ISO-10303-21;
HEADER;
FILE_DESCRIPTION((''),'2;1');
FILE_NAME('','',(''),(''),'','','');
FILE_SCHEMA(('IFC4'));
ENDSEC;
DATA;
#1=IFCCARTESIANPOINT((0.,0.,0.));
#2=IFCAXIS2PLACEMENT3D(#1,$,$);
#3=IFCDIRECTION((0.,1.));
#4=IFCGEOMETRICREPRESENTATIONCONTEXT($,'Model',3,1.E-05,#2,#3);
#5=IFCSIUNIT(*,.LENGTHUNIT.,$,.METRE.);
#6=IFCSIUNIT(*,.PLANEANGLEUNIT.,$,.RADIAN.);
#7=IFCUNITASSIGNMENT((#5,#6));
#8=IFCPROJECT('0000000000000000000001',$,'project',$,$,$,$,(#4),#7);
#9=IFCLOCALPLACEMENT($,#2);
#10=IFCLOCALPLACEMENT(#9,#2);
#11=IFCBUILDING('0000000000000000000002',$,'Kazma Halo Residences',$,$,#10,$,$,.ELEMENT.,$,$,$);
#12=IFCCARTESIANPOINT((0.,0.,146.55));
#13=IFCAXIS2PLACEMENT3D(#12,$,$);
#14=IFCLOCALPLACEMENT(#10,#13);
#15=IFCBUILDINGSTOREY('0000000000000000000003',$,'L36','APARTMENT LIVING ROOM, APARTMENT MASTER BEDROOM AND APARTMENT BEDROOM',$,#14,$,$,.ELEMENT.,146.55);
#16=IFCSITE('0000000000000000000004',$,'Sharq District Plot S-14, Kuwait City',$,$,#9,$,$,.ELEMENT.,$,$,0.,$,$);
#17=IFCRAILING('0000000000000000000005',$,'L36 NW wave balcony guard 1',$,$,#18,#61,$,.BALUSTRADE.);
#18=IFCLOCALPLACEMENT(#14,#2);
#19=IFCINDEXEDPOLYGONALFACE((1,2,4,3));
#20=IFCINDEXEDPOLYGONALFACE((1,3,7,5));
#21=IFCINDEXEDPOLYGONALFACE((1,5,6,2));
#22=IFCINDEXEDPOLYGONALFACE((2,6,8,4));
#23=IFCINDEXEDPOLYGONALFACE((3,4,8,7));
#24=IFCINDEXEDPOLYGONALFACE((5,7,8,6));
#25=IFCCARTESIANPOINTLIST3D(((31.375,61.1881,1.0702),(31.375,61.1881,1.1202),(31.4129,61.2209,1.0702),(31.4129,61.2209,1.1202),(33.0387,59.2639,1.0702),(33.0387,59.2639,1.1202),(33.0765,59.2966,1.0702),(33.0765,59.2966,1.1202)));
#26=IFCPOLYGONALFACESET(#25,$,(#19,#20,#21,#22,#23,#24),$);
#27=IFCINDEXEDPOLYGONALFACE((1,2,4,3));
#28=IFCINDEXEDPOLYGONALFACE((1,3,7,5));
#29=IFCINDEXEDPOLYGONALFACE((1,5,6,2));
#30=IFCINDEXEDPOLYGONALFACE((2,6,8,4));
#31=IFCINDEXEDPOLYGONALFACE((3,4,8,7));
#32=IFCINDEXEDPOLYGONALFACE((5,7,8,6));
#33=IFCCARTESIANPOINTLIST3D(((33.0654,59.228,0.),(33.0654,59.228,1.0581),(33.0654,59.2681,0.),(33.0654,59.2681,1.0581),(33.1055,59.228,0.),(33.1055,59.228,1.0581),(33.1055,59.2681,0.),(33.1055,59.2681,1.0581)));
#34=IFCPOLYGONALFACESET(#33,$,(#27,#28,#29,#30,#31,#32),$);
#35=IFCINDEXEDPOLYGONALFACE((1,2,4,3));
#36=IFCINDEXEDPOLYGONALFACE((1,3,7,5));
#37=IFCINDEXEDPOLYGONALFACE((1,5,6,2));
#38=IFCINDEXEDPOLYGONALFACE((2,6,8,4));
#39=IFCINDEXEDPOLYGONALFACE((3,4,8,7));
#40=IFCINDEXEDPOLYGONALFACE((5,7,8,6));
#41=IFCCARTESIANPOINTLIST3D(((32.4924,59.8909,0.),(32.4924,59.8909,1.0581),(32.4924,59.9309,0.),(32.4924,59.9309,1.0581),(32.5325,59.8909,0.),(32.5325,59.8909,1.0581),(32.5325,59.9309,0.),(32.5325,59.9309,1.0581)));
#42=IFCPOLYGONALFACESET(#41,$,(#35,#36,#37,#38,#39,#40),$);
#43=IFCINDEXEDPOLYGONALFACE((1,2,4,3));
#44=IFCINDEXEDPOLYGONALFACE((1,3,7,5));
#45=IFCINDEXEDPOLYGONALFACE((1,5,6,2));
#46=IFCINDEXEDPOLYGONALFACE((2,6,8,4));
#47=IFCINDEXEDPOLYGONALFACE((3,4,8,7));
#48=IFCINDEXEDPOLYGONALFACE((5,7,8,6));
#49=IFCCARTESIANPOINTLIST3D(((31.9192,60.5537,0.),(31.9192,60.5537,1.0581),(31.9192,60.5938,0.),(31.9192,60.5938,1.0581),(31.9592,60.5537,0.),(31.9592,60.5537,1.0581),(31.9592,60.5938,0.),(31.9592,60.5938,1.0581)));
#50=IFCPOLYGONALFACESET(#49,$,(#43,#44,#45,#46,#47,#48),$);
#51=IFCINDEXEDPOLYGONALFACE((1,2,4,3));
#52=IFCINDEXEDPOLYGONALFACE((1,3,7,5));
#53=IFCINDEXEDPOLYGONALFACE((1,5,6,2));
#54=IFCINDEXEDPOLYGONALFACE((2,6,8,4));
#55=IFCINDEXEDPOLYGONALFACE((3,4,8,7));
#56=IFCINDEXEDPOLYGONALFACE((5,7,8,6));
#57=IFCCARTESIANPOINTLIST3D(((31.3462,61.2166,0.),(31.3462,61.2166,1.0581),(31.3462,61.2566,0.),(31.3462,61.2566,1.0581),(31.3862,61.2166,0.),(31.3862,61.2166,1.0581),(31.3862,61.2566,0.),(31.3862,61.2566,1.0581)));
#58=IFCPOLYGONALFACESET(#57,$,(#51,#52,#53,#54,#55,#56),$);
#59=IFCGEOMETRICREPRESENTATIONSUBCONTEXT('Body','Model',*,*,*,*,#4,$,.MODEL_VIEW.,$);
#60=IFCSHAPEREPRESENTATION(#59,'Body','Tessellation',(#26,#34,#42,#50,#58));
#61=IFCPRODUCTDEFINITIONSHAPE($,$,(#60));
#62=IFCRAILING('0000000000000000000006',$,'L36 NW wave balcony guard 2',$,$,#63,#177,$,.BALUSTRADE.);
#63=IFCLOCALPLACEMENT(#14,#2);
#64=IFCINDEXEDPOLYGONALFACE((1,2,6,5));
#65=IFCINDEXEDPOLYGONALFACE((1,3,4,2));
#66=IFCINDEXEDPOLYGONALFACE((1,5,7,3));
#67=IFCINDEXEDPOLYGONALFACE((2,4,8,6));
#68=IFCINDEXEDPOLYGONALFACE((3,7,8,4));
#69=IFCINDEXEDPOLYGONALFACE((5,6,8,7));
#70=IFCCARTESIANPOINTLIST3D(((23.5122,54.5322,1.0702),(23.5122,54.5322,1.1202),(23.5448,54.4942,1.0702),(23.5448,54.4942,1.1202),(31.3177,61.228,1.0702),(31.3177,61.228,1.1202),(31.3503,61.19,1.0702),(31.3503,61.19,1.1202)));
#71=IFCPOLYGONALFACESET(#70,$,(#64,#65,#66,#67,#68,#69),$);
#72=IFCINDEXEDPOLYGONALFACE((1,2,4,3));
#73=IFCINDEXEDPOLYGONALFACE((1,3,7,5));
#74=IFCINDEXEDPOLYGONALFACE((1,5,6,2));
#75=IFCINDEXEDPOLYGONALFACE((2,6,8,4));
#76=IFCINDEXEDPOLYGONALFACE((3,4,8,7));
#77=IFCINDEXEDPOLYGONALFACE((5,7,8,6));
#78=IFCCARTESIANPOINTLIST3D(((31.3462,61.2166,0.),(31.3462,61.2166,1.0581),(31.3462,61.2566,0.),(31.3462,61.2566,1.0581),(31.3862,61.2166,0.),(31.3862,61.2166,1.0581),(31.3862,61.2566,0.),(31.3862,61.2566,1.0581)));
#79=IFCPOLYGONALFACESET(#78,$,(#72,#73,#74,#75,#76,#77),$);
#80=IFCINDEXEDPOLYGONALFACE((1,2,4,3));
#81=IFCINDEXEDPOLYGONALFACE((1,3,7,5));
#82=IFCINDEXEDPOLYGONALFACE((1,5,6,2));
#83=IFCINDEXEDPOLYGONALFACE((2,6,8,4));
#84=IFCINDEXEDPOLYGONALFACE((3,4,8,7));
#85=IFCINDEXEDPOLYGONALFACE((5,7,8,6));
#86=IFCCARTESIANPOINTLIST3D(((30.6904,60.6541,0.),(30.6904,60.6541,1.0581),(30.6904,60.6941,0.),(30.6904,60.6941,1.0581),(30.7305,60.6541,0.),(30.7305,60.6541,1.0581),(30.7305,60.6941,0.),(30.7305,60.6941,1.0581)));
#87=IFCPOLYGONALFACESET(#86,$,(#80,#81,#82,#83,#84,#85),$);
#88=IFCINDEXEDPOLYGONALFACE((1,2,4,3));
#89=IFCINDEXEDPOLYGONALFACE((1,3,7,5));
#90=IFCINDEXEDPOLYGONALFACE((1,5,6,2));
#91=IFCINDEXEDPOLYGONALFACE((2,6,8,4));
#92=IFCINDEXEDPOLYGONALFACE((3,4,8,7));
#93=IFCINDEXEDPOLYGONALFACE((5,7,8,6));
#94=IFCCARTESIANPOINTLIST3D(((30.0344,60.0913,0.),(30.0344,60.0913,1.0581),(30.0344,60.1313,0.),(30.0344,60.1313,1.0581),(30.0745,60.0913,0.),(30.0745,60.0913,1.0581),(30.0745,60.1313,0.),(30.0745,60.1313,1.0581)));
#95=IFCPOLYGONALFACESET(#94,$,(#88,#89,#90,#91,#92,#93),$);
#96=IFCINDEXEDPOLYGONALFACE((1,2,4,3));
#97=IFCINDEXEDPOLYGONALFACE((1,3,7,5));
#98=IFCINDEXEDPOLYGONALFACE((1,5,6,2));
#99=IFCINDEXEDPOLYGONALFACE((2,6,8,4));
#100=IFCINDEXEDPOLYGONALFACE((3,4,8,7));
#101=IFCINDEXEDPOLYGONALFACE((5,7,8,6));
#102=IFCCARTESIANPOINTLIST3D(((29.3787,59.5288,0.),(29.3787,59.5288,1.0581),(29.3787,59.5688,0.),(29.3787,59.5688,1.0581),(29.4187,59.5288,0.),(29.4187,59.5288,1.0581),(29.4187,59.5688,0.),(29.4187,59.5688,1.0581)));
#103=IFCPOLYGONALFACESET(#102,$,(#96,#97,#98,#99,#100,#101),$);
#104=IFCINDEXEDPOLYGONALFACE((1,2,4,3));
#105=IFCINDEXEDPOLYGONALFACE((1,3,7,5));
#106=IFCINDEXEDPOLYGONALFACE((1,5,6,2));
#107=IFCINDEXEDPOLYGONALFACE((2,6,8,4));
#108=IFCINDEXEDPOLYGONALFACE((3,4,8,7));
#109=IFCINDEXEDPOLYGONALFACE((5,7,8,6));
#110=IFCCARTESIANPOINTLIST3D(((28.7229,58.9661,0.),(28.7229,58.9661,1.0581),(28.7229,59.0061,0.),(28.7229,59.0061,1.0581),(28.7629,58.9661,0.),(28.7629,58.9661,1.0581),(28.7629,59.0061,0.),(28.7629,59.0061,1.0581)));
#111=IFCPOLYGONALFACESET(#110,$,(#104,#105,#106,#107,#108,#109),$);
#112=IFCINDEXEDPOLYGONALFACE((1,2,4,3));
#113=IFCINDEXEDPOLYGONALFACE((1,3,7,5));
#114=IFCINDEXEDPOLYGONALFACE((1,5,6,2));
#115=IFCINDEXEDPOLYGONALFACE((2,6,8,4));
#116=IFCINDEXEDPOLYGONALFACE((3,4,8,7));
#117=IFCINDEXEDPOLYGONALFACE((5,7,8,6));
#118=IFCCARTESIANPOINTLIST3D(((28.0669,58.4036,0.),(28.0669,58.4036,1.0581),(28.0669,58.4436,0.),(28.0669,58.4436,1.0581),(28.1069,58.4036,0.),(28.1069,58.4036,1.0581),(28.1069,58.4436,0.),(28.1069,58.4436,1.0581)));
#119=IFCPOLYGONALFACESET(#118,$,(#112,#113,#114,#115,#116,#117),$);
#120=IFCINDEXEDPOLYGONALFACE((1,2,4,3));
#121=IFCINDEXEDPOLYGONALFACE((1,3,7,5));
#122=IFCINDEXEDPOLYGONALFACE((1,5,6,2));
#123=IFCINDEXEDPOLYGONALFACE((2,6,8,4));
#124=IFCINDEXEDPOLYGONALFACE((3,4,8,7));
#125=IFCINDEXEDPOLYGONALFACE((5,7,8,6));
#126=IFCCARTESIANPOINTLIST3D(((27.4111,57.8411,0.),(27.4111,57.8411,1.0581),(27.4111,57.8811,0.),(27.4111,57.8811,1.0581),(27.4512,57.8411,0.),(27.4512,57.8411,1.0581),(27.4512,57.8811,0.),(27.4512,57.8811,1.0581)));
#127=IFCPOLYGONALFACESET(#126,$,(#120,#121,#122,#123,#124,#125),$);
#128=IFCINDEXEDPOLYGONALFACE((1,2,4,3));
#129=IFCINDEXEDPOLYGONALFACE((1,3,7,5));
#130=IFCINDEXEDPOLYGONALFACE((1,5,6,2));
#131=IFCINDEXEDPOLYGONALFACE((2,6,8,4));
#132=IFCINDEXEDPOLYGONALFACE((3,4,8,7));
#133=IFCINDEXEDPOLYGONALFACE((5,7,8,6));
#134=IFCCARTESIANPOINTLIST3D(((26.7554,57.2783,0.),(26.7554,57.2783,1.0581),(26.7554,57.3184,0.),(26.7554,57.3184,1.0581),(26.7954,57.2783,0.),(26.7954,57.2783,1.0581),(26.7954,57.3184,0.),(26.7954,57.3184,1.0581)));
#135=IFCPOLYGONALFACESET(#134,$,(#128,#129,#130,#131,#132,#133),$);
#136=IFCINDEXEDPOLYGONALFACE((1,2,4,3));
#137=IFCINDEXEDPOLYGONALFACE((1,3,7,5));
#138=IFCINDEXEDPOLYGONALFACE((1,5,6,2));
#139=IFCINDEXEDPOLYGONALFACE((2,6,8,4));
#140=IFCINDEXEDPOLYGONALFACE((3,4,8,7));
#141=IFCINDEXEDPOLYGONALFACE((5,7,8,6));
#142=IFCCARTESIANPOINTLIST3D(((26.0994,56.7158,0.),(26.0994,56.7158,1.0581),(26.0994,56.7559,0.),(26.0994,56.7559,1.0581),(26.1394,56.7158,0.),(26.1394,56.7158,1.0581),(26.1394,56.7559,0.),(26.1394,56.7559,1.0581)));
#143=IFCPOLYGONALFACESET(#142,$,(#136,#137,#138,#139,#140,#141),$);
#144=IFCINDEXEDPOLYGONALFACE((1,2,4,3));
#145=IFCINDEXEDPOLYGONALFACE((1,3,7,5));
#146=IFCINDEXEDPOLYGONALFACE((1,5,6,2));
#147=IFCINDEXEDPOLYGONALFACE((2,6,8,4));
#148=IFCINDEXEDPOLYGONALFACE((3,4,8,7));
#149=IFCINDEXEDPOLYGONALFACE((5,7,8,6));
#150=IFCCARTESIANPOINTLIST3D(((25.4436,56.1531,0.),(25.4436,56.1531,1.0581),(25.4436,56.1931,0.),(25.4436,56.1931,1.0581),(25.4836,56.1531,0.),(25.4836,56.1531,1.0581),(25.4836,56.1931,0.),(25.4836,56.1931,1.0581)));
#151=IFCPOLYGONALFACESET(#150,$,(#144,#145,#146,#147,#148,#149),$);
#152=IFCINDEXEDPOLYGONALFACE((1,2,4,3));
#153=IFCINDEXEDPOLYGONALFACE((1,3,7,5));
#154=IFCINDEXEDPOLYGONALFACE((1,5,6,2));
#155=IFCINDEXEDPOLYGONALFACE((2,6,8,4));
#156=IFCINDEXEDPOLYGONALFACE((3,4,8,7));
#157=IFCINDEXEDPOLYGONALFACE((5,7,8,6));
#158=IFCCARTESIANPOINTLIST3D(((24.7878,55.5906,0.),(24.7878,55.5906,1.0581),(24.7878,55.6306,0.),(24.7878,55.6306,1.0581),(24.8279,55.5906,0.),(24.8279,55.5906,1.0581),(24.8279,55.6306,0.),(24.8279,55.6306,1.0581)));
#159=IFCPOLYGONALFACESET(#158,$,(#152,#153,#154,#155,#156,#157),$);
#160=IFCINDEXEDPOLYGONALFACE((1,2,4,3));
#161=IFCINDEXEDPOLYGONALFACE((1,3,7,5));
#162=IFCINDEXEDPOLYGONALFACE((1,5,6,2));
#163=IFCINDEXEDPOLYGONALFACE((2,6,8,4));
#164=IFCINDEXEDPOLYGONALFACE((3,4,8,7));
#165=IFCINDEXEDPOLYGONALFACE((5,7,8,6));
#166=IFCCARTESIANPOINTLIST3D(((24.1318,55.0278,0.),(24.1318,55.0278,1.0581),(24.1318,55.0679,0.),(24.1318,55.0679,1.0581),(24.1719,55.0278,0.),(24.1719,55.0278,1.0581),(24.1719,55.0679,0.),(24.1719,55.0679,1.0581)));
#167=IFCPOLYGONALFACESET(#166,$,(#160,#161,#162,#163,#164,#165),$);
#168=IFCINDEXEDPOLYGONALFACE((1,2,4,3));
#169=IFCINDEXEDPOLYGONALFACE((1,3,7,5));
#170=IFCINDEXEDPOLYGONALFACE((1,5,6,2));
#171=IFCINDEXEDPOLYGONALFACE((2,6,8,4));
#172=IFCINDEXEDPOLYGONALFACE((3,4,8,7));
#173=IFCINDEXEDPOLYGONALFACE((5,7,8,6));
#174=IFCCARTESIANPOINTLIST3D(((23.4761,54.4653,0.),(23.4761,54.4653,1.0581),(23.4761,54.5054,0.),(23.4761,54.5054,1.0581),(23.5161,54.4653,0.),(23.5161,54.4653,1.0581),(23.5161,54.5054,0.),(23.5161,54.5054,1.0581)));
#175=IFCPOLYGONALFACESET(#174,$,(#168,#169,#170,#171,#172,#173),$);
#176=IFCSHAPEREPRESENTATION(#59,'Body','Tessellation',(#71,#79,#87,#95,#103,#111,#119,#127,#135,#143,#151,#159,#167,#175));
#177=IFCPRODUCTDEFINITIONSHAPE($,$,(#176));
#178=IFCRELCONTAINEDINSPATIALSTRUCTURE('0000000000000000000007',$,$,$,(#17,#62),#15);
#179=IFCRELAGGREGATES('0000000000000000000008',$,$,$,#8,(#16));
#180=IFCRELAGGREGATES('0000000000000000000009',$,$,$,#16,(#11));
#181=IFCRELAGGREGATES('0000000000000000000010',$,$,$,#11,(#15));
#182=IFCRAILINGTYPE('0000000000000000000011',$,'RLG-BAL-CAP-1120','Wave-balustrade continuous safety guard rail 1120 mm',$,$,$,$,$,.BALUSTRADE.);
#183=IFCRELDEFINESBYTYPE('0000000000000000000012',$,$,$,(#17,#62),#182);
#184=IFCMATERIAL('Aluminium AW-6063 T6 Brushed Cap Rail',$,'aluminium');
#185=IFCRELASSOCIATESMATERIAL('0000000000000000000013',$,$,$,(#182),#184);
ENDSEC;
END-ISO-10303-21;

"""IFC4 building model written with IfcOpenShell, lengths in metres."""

from ifc_helpers import new_model, si_unit, direction, frame, origin, origin_2d, place, context, subcontext, project, spatial, rectangle, extrude, material, type_object, element, save


model = new_model("IFC4")

# Units and contexts
model_context = context("Model", 3, precision=1e-05, world=origin(), true_north=direction((0.0, 1.0)))
body_context = subcontext(model_context, "Body", "Model", "MODEL_VIEW")
ifc_project = project(units=[si_unit("LENGTHUNIT", "METRE"), si_unit("PLANEANGLEUNIT", "RADIAN")], contexts=[model_context])

# Site, building, storey
site_placement = place(None, origin())
site = spatial("IfcSite", under=ifc_project, at=site_placement, Name="Sharq District Plot S-14, Kuwait City", CompositionType="ELEMENT", RefElevation=0.0)
building_placement = place(site_placement, origin())
building = spatial("IfcBuilding", under=site, at=building_placement, Name="Kazma Halo Residences", CompositionType="ELEMENT")
storey_placement = place(building_placement, frame((0.0, 0.0, 146.55)))
storey = spatial("IfcBuildingStorey", under=building, at=storey_placement, Name="L36", Description="APARTMENT LIVING ROOM, APARTMENT MASTER BEDROOM AND APARTMENT BEDROOM", CompositionType="ELEMENT", Elevation=146.55)

# Railings
ifc_material_1 = material(Name="Aluminium AW-6063 T6 Brushed Cap Rail", Category="aluminium")
railing_type = type_object("IfcRailingType", Name="RLG-BAL-CAP-1120", Description="Wave-balustrade continuous safety guard rail 1120 mm", PredefinedType="BALUSTRADE", material=ifc_material_1)
railing_1_placement = place(storey_placement, frame((33.0854, 59.248, 0.0)))
element("IfcRailing", 1, at=railing_1_placement, inside=storey, type_object=railing_type, Name="L36 NW wave balcony guard 1", PredefinedType="BALUSTRADE", context=body_context, shape_type="SweptSolid", body=[
    extrude(rectangle(XDim=0.05, YDim=0.05, at=origin_2d()), frame((-0.0278, 0.0322, 1.0952), z_axis=(-0.654028, 0.75647, 0.0), x_axis=(-0.75647, -0.654028, 0.0)), (0.0, 0.0, 1.0), 2.5437),
    extrude(rectangle(XDim=0.04, YDim=0.04, at=origin_2d()), origin(), (0.0, 0.0, 1.0), 1.0581),
    extrude(rectangle(XDim=0.04, YDim=0.04, at=origin_2d()), frame((-0.573, 0.6628, 0.0)), (0.0, 0.0, 1.0), 1.0581),
    extrude(rectangle(XDim=0.04, YDim=0.04, at=origin_2d()), frame((-1.1462, 1.3257, 0.0)), (0.0, 0.0, 1.0), 1.0581),
    extrude(rectangle(XDim=0.04, YDim=0.04, at=origin_2d()), frame((-1.7192, 1.9885, 0.0)), (0.0, 0.0, 1.0), 1.0581),
])
railing_2_placement = place(storey_placement, frame((31.3662, 61.2366, 0.0)))
element("IfcRailing", 2, at=railing_2_placement, inside=storey, type_object=railing_type, Name="L36 NW wave balcony guard 2", PredefinedType="BALUSTRADE", context=body_context, shape_type="SweptSolid", body=[
    extrude(rectangle(XDim=0.05, YDim=0.05, at=origin_2d()), frame((-0.0322, -0.0276, 1.0952), z_axis=(-0.758999, -0.651092, 0.0), x_axis=(0.651092, -0.758999, 0.0)), (0.0, 0.0, 1.0), 10.2839),
    extrude(rectangle(XDim=0.04, YDim=0.04, at=origin_2d()), origin(), (0.0, 0.0, 1.0), 1.0581),
    extrude(rectangle(XDim=0.04, YDim=0.04, at=origin_2d()), frame((-0.6558, -0.5625, 0.0)), (0.0, 0.0, 1.0), 1.0581),
    extrude(rectangle(XDim=0.04, YDim=0.04, at=origin_2d()), frame((-1.3118, -1.1252, 0.0)), (0.0, 0.0, 1.0), 1.0581),
    extrude(rectangle(XDim=0.04, YDim=0.04, at=origin_2d()), frame((-1.9675, -1.6877, 0.0)), (0.0, 0.0, 1.0), 1.0581),
    extrude(rectangle(XDim=0.04, YDim=0.04, at=origin_2d()), frame((-2.6233, -2.2505, 0.0)), (0.0, 0.0, 1.0), 1.0581),
    extrude(rectangle(XDim=0.04, YDim=0.04, at=origin_2d()), frame((-3.2793, -2.813, 0.0)), (0.0, 0.0, 1.0), 1.0581),
    extrude(rectangle(XDim=0.04, YDim=0.04, at=origin_2d()), frame((-3.9351, -3.3755, 0.0)), (0.0, 0.0, 1.0), 1.0581),
    extrude(rectangle(XDim=0.04, YDim=0.04, at=origin_2d()), frame((-4.5908, -3.9382, 0.0)), (0.0, 0.0, 1.0), 1.0581),
    extrude(rectangle(XDim=0.04, YDim=0.04, at=origin_2d()), frame((-5.2468, -4.5007, 0.0)), (0.0, 0.0, 1.0), 1.0581),
    extrude(rectangle(XDim=0.04, YDim=0.04, at=origin_2d()), frame((-5.9026, -5.0635, 0.0)), (0.0, 0.0, 1.0), 1.0581),
    extrude(rectangle(XDim=0.04, YDim=0.04, at=origin_2d()), frame((-6.5583, -5.626, 0.0)), (0.0, 0.0, 1.0), 1.0581),
    extrude(rectangle(XDim=0.04, YDim=0.04, at=origin_2d()), frame((-7.2144, -6.1887, 0.0)), (0.0, 0.0, 1.0), 1.0581),
    extrude(rectangle(XDim=0.04, YDim=0.04, at=origin_2d()), frame((-7.8701, -6.7512, 0.0)), (0.0, 0.0, 1.0), 1.0581),
])

save(model, "model.ifc")
